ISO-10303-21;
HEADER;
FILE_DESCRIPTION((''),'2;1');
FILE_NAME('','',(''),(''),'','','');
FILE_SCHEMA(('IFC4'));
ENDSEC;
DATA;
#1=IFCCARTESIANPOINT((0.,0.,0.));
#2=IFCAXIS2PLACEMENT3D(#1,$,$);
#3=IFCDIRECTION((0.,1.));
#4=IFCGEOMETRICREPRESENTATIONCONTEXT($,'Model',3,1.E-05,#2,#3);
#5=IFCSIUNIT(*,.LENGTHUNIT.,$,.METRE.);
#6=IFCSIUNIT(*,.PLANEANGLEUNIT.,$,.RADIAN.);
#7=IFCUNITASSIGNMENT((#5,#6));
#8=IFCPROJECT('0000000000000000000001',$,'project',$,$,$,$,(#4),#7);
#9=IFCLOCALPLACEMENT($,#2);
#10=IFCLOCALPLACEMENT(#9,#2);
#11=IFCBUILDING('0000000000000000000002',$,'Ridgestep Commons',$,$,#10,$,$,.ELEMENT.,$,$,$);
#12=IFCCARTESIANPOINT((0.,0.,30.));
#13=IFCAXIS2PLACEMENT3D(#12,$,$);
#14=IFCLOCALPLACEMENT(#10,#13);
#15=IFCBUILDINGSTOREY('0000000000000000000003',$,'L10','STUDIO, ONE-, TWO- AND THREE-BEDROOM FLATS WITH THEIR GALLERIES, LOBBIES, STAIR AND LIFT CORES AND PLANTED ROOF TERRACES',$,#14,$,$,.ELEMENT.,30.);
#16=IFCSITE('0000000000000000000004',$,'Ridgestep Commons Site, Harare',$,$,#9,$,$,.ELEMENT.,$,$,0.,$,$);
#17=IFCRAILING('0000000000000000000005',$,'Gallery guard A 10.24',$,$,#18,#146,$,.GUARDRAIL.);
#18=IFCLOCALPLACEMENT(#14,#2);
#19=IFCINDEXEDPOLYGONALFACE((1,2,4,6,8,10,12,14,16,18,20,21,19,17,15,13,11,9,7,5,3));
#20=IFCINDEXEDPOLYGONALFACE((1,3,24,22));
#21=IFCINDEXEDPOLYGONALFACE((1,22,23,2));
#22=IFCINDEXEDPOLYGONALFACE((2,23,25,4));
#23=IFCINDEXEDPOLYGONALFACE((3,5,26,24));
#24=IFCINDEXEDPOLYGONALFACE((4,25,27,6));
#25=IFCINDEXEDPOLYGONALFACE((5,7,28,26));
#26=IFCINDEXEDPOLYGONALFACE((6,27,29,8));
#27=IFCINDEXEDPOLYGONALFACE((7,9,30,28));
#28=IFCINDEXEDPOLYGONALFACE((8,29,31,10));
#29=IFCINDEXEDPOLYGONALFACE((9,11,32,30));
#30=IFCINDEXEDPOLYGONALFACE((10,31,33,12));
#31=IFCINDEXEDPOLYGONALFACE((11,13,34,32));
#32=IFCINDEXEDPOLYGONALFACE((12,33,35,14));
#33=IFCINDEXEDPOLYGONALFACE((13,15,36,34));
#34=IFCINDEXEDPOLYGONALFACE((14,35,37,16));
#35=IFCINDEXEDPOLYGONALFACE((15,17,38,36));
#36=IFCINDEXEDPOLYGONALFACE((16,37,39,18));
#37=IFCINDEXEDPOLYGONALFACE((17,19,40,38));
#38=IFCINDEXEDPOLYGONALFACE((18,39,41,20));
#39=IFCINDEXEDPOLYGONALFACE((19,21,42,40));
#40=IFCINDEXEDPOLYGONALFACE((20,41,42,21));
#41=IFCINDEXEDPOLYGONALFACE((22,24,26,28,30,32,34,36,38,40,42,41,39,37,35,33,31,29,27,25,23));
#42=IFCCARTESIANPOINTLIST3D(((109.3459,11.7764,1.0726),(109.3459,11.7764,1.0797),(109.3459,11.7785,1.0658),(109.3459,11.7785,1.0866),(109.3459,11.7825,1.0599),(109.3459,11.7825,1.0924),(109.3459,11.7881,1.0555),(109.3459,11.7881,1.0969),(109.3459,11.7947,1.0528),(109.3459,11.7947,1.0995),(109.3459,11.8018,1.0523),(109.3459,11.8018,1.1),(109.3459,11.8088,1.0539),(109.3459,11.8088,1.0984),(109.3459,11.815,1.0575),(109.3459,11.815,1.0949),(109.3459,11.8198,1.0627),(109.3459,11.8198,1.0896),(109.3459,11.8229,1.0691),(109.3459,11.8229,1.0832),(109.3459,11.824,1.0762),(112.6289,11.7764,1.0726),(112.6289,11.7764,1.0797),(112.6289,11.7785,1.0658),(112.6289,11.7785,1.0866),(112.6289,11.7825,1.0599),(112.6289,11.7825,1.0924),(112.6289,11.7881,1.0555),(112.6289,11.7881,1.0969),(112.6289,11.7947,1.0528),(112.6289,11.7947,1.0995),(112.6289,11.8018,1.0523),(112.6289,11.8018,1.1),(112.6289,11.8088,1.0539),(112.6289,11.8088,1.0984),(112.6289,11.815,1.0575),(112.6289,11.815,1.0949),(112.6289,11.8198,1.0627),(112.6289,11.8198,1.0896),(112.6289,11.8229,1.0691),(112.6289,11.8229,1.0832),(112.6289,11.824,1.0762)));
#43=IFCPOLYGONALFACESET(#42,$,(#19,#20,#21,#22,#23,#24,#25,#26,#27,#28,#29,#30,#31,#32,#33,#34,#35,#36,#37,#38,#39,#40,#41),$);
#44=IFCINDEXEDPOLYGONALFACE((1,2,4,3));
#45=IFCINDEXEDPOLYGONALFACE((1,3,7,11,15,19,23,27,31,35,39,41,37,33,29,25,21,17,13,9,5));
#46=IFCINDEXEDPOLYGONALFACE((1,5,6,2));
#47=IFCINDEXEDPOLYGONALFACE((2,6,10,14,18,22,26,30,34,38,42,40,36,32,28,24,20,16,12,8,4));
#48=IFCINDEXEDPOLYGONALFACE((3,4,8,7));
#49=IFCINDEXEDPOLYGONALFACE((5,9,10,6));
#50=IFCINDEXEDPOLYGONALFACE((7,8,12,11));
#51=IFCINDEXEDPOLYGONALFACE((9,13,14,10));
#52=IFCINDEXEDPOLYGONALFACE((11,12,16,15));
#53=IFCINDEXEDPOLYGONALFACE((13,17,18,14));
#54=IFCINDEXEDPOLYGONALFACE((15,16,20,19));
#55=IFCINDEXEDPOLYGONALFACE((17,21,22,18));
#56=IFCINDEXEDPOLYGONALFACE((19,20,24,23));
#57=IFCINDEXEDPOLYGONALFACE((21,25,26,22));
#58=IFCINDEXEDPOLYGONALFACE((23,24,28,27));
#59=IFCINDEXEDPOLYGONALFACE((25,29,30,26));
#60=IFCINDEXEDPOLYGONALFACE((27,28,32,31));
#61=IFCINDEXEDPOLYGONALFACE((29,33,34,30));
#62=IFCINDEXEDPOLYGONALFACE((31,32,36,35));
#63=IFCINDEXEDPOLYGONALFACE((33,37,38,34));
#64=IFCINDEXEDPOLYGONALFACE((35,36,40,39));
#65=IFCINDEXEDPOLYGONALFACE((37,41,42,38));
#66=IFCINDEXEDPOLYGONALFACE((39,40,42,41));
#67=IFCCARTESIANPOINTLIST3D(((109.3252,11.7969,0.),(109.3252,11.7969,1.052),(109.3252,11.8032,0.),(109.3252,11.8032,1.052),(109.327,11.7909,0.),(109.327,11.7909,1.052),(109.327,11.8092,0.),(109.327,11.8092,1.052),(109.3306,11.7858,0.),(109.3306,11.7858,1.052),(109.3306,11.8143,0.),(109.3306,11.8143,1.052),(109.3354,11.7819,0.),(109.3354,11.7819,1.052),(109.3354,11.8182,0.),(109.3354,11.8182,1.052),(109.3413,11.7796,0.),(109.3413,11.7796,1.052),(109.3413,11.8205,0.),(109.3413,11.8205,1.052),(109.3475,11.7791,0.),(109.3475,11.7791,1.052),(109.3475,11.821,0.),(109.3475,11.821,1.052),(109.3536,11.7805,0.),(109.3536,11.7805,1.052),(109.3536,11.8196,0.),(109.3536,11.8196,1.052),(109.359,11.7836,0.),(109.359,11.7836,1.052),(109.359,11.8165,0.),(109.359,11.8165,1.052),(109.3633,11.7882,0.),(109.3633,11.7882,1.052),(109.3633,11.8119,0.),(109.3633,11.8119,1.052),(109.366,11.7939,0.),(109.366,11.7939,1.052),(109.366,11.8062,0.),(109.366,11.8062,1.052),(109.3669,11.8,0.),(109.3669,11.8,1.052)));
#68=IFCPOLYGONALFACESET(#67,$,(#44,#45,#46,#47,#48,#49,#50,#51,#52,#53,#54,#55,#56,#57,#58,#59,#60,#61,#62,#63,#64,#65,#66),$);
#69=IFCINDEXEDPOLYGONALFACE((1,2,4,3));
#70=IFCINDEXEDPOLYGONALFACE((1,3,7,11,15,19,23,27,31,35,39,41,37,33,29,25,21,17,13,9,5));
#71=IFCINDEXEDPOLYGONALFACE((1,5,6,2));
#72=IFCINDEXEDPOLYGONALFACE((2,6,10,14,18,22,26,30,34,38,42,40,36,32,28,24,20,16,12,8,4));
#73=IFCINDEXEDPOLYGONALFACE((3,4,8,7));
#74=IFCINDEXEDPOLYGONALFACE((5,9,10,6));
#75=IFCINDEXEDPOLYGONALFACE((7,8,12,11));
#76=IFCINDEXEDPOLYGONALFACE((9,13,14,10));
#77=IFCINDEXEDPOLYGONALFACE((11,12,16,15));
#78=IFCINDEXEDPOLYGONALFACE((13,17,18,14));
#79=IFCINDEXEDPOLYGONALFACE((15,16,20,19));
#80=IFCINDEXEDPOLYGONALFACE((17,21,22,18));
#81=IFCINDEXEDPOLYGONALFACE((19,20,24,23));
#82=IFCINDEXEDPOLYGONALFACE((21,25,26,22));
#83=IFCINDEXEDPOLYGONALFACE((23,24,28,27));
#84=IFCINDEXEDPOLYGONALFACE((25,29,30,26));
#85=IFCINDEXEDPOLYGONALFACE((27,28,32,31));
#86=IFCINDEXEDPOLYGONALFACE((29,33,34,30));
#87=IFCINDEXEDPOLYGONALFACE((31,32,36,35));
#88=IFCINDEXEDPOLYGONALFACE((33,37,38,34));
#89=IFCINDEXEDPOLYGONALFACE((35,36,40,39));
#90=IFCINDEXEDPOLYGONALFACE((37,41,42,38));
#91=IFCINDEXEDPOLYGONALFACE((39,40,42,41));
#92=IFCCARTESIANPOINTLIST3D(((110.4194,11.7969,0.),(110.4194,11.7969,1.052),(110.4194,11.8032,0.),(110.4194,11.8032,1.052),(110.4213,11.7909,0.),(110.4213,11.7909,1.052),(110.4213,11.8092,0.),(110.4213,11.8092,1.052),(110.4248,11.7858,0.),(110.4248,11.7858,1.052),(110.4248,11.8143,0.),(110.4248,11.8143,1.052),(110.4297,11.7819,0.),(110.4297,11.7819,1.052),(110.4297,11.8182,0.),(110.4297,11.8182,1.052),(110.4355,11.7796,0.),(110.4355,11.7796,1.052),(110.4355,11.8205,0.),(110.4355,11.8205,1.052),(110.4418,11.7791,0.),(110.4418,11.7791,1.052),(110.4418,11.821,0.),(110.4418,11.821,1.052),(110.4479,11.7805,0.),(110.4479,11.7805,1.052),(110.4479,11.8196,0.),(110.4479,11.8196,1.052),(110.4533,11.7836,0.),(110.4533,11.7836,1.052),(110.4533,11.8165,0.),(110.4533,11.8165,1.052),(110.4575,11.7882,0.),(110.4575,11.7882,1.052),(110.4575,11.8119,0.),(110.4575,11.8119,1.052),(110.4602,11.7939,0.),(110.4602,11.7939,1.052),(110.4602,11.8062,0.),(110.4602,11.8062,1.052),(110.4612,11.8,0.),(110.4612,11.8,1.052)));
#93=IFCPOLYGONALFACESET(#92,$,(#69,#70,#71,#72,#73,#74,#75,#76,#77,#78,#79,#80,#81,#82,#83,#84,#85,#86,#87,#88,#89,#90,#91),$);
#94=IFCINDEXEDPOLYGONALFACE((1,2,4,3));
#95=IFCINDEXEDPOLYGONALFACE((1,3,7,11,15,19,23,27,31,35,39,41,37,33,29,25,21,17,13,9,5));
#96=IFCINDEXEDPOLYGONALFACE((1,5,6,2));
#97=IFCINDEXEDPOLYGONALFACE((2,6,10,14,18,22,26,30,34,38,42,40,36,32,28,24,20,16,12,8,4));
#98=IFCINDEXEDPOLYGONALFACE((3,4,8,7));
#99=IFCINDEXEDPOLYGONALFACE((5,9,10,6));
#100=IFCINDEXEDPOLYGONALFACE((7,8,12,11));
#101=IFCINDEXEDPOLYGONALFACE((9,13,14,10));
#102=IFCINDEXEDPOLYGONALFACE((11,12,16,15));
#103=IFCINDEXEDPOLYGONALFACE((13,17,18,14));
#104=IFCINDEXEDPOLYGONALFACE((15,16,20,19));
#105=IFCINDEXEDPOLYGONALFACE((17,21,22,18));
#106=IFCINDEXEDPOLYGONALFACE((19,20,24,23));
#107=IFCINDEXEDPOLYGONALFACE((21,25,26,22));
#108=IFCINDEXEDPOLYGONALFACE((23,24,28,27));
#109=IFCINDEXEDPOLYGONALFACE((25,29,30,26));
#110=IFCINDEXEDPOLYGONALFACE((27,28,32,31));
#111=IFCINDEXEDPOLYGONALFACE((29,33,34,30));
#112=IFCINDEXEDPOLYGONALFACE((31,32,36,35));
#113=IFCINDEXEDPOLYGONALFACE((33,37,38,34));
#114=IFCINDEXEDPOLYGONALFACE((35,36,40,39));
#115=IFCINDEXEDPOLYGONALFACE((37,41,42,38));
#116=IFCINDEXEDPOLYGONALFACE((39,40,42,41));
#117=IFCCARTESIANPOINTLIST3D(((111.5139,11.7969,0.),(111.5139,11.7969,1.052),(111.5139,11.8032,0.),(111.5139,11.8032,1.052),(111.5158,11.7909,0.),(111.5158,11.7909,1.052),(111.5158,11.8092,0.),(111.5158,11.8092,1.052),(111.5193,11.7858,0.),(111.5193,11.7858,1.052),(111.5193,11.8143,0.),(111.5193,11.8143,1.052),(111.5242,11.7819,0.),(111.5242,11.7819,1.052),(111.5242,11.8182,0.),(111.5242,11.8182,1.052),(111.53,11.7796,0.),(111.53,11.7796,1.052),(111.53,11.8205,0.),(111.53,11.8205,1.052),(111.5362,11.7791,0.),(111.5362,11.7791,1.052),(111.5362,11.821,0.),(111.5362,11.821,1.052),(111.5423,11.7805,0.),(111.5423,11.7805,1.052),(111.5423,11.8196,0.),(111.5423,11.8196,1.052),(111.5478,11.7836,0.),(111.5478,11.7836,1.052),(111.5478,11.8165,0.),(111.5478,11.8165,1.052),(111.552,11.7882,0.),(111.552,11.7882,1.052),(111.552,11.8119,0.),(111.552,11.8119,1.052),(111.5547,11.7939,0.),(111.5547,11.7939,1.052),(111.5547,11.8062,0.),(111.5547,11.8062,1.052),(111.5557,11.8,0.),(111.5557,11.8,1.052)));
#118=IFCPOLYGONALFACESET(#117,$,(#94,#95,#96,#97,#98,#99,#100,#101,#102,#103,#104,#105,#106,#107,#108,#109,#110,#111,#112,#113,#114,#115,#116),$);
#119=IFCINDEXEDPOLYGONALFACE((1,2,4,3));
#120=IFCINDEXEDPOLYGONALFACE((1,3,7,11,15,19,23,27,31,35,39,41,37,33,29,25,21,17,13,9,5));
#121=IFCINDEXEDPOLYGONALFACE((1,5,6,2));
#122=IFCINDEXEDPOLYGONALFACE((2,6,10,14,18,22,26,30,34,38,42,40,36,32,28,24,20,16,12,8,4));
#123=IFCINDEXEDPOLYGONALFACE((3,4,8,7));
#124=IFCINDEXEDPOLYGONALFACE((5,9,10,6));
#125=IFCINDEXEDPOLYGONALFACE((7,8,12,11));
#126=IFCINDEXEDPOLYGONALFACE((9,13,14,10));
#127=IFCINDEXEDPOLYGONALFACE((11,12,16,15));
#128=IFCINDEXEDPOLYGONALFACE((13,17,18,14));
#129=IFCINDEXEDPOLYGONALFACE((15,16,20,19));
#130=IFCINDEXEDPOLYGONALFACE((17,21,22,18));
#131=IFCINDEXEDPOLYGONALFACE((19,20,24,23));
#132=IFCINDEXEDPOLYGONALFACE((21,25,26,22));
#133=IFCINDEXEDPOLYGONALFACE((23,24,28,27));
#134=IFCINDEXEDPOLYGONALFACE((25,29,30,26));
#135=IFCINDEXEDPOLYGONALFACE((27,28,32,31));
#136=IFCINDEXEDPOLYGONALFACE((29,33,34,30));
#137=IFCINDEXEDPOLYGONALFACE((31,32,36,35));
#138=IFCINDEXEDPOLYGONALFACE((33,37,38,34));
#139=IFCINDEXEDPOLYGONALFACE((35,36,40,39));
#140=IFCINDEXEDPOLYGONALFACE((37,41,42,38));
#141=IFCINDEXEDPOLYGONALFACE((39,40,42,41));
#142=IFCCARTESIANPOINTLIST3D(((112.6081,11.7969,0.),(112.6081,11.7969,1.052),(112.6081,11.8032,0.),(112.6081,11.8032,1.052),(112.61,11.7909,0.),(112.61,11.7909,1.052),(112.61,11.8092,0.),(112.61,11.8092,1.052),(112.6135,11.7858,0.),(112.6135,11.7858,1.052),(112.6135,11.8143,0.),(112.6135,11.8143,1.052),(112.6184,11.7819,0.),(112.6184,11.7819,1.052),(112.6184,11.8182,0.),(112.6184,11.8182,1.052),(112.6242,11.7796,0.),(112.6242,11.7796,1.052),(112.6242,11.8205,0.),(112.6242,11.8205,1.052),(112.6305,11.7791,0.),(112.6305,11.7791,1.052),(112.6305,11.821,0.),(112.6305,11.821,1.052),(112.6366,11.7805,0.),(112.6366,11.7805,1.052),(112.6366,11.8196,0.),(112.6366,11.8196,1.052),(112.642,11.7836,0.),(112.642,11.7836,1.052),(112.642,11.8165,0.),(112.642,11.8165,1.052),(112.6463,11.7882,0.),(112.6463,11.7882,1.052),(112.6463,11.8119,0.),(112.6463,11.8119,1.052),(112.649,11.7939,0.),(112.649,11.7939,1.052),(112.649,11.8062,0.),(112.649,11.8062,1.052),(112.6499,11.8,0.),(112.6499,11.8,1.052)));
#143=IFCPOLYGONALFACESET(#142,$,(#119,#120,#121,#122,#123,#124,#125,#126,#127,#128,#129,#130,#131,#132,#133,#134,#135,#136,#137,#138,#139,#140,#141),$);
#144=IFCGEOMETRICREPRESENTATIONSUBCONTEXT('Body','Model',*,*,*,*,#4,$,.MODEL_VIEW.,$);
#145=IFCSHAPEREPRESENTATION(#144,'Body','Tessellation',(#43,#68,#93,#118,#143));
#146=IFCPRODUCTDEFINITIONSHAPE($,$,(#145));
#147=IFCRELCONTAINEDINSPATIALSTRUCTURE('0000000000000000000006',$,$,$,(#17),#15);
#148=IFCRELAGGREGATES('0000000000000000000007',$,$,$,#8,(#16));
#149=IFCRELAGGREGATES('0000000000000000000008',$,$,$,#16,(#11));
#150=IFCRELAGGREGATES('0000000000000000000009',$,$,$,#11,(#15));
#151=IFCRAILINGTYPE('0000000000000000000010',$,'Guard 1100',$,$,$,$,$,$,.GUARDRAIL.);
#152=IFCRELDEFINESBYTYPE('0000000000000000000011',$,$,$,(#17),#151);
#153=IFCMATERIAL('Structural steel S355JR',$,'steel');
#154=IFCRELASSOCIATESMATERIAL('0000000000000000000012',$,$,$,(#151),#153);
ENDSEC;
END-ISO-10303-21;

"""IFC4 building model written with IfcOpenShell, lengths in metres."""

from ifc_helpers import new_model, si_unit, direction, frame, origin, origin_2d, place, context, subcontext, project, spatial, circle, extrude, material, type_object, element, save


model = new_model("IFC4")

# Units and contexts
model_context = context("Model", 3, precision=1e-05, world=origin(), true_north=direction((0.0, 1.0)))
body_context = subcontext(model_context, "Body", "Model", "MODEL_VIEW")
ifc_project = project(units=[si_unit("LENGTHUNIT", "METRE"), si_unit("PLANEANGLEUNIT", "RADIAN")], contexts=[model_context])

# Site, building, storey
site_placement = place(None, origin())
site = spatial("IfcSite", under=ifc_project, at=site_placement, Name="Ridgestep Commons Site, Harare", CompositionType="ELEMENT", RefElevation=0.0)
building_placement = place(site_placement, origin())
building = spatial("IfcBuilding", under=site, at=building_placement, Name="Ridgestep Commons", CompositionType="ELEMENT")
storey_placement = place(building_placement, frame((0.0, 0.0, 30.0)))
storey = spatial("IfcBuildingStorey", under=building, at=storey_placement, Name="L10", Description="STUDIO, ONE-, TWO- AND THREE-BEDROOM FLATS WITH THEIR GALLERIES, LOBBIES, STAIR AND LIFT CORES AND PLANTED ROOF TERRACES", CompositionType="ELEMENT", Elevation=30.0)

# Railing
ifc_material_1 = material(Name="Structural steel S355JR", Category="steel")
railing_type = type_object("IfcRailingType", Name="Guard 1100", PredefinedType="GUARDRAIL", material=ifc_material_1)
railing_1_placement = place(storey_placement, frame((109.3459, 11.8, 0.0)))
element("IfcRailing", 1, at=railing_1_placement, inside=storey, type_object=railing_type, Name="Gallery guard A 10.24", PredefinedType="GUARDRAIL", context=body_context, shape_type="SweptSolid", body=[
    extrude(circle(Radius=0.0239, at=origin_2d()), frame((0.0, 0.0, 1.0762), z_axis=(1.0, 0.0, 0.0), x_axis=(0.0, 1.0, 0.0)), (0.0, 0.0, 1.0), 3.283),
    extrude(circle(Radius=0.021, at=origin_2d()), origin(), (0.0, 0.0, 1.0), 1.052),
    extrude(circle(Radius=0.021, at=origin_2d()), frame((1.0942, 0.0, 0.0)), (0.0, 0.0, 1.0), 1.052),
    extrude(circle(Radius=0.021, at=origin_2d()), frame((2.1887, 0.0, 0.0)), (0.0, 0.0, 1.0), 1.052),
    extrude(circle(Radius=0.021, at=origin_2d()), frame((3.283, 0.0, 0.0)), (0.0, 0.0, 1.0), 1.052),
])

save(model, "model.ifc")
